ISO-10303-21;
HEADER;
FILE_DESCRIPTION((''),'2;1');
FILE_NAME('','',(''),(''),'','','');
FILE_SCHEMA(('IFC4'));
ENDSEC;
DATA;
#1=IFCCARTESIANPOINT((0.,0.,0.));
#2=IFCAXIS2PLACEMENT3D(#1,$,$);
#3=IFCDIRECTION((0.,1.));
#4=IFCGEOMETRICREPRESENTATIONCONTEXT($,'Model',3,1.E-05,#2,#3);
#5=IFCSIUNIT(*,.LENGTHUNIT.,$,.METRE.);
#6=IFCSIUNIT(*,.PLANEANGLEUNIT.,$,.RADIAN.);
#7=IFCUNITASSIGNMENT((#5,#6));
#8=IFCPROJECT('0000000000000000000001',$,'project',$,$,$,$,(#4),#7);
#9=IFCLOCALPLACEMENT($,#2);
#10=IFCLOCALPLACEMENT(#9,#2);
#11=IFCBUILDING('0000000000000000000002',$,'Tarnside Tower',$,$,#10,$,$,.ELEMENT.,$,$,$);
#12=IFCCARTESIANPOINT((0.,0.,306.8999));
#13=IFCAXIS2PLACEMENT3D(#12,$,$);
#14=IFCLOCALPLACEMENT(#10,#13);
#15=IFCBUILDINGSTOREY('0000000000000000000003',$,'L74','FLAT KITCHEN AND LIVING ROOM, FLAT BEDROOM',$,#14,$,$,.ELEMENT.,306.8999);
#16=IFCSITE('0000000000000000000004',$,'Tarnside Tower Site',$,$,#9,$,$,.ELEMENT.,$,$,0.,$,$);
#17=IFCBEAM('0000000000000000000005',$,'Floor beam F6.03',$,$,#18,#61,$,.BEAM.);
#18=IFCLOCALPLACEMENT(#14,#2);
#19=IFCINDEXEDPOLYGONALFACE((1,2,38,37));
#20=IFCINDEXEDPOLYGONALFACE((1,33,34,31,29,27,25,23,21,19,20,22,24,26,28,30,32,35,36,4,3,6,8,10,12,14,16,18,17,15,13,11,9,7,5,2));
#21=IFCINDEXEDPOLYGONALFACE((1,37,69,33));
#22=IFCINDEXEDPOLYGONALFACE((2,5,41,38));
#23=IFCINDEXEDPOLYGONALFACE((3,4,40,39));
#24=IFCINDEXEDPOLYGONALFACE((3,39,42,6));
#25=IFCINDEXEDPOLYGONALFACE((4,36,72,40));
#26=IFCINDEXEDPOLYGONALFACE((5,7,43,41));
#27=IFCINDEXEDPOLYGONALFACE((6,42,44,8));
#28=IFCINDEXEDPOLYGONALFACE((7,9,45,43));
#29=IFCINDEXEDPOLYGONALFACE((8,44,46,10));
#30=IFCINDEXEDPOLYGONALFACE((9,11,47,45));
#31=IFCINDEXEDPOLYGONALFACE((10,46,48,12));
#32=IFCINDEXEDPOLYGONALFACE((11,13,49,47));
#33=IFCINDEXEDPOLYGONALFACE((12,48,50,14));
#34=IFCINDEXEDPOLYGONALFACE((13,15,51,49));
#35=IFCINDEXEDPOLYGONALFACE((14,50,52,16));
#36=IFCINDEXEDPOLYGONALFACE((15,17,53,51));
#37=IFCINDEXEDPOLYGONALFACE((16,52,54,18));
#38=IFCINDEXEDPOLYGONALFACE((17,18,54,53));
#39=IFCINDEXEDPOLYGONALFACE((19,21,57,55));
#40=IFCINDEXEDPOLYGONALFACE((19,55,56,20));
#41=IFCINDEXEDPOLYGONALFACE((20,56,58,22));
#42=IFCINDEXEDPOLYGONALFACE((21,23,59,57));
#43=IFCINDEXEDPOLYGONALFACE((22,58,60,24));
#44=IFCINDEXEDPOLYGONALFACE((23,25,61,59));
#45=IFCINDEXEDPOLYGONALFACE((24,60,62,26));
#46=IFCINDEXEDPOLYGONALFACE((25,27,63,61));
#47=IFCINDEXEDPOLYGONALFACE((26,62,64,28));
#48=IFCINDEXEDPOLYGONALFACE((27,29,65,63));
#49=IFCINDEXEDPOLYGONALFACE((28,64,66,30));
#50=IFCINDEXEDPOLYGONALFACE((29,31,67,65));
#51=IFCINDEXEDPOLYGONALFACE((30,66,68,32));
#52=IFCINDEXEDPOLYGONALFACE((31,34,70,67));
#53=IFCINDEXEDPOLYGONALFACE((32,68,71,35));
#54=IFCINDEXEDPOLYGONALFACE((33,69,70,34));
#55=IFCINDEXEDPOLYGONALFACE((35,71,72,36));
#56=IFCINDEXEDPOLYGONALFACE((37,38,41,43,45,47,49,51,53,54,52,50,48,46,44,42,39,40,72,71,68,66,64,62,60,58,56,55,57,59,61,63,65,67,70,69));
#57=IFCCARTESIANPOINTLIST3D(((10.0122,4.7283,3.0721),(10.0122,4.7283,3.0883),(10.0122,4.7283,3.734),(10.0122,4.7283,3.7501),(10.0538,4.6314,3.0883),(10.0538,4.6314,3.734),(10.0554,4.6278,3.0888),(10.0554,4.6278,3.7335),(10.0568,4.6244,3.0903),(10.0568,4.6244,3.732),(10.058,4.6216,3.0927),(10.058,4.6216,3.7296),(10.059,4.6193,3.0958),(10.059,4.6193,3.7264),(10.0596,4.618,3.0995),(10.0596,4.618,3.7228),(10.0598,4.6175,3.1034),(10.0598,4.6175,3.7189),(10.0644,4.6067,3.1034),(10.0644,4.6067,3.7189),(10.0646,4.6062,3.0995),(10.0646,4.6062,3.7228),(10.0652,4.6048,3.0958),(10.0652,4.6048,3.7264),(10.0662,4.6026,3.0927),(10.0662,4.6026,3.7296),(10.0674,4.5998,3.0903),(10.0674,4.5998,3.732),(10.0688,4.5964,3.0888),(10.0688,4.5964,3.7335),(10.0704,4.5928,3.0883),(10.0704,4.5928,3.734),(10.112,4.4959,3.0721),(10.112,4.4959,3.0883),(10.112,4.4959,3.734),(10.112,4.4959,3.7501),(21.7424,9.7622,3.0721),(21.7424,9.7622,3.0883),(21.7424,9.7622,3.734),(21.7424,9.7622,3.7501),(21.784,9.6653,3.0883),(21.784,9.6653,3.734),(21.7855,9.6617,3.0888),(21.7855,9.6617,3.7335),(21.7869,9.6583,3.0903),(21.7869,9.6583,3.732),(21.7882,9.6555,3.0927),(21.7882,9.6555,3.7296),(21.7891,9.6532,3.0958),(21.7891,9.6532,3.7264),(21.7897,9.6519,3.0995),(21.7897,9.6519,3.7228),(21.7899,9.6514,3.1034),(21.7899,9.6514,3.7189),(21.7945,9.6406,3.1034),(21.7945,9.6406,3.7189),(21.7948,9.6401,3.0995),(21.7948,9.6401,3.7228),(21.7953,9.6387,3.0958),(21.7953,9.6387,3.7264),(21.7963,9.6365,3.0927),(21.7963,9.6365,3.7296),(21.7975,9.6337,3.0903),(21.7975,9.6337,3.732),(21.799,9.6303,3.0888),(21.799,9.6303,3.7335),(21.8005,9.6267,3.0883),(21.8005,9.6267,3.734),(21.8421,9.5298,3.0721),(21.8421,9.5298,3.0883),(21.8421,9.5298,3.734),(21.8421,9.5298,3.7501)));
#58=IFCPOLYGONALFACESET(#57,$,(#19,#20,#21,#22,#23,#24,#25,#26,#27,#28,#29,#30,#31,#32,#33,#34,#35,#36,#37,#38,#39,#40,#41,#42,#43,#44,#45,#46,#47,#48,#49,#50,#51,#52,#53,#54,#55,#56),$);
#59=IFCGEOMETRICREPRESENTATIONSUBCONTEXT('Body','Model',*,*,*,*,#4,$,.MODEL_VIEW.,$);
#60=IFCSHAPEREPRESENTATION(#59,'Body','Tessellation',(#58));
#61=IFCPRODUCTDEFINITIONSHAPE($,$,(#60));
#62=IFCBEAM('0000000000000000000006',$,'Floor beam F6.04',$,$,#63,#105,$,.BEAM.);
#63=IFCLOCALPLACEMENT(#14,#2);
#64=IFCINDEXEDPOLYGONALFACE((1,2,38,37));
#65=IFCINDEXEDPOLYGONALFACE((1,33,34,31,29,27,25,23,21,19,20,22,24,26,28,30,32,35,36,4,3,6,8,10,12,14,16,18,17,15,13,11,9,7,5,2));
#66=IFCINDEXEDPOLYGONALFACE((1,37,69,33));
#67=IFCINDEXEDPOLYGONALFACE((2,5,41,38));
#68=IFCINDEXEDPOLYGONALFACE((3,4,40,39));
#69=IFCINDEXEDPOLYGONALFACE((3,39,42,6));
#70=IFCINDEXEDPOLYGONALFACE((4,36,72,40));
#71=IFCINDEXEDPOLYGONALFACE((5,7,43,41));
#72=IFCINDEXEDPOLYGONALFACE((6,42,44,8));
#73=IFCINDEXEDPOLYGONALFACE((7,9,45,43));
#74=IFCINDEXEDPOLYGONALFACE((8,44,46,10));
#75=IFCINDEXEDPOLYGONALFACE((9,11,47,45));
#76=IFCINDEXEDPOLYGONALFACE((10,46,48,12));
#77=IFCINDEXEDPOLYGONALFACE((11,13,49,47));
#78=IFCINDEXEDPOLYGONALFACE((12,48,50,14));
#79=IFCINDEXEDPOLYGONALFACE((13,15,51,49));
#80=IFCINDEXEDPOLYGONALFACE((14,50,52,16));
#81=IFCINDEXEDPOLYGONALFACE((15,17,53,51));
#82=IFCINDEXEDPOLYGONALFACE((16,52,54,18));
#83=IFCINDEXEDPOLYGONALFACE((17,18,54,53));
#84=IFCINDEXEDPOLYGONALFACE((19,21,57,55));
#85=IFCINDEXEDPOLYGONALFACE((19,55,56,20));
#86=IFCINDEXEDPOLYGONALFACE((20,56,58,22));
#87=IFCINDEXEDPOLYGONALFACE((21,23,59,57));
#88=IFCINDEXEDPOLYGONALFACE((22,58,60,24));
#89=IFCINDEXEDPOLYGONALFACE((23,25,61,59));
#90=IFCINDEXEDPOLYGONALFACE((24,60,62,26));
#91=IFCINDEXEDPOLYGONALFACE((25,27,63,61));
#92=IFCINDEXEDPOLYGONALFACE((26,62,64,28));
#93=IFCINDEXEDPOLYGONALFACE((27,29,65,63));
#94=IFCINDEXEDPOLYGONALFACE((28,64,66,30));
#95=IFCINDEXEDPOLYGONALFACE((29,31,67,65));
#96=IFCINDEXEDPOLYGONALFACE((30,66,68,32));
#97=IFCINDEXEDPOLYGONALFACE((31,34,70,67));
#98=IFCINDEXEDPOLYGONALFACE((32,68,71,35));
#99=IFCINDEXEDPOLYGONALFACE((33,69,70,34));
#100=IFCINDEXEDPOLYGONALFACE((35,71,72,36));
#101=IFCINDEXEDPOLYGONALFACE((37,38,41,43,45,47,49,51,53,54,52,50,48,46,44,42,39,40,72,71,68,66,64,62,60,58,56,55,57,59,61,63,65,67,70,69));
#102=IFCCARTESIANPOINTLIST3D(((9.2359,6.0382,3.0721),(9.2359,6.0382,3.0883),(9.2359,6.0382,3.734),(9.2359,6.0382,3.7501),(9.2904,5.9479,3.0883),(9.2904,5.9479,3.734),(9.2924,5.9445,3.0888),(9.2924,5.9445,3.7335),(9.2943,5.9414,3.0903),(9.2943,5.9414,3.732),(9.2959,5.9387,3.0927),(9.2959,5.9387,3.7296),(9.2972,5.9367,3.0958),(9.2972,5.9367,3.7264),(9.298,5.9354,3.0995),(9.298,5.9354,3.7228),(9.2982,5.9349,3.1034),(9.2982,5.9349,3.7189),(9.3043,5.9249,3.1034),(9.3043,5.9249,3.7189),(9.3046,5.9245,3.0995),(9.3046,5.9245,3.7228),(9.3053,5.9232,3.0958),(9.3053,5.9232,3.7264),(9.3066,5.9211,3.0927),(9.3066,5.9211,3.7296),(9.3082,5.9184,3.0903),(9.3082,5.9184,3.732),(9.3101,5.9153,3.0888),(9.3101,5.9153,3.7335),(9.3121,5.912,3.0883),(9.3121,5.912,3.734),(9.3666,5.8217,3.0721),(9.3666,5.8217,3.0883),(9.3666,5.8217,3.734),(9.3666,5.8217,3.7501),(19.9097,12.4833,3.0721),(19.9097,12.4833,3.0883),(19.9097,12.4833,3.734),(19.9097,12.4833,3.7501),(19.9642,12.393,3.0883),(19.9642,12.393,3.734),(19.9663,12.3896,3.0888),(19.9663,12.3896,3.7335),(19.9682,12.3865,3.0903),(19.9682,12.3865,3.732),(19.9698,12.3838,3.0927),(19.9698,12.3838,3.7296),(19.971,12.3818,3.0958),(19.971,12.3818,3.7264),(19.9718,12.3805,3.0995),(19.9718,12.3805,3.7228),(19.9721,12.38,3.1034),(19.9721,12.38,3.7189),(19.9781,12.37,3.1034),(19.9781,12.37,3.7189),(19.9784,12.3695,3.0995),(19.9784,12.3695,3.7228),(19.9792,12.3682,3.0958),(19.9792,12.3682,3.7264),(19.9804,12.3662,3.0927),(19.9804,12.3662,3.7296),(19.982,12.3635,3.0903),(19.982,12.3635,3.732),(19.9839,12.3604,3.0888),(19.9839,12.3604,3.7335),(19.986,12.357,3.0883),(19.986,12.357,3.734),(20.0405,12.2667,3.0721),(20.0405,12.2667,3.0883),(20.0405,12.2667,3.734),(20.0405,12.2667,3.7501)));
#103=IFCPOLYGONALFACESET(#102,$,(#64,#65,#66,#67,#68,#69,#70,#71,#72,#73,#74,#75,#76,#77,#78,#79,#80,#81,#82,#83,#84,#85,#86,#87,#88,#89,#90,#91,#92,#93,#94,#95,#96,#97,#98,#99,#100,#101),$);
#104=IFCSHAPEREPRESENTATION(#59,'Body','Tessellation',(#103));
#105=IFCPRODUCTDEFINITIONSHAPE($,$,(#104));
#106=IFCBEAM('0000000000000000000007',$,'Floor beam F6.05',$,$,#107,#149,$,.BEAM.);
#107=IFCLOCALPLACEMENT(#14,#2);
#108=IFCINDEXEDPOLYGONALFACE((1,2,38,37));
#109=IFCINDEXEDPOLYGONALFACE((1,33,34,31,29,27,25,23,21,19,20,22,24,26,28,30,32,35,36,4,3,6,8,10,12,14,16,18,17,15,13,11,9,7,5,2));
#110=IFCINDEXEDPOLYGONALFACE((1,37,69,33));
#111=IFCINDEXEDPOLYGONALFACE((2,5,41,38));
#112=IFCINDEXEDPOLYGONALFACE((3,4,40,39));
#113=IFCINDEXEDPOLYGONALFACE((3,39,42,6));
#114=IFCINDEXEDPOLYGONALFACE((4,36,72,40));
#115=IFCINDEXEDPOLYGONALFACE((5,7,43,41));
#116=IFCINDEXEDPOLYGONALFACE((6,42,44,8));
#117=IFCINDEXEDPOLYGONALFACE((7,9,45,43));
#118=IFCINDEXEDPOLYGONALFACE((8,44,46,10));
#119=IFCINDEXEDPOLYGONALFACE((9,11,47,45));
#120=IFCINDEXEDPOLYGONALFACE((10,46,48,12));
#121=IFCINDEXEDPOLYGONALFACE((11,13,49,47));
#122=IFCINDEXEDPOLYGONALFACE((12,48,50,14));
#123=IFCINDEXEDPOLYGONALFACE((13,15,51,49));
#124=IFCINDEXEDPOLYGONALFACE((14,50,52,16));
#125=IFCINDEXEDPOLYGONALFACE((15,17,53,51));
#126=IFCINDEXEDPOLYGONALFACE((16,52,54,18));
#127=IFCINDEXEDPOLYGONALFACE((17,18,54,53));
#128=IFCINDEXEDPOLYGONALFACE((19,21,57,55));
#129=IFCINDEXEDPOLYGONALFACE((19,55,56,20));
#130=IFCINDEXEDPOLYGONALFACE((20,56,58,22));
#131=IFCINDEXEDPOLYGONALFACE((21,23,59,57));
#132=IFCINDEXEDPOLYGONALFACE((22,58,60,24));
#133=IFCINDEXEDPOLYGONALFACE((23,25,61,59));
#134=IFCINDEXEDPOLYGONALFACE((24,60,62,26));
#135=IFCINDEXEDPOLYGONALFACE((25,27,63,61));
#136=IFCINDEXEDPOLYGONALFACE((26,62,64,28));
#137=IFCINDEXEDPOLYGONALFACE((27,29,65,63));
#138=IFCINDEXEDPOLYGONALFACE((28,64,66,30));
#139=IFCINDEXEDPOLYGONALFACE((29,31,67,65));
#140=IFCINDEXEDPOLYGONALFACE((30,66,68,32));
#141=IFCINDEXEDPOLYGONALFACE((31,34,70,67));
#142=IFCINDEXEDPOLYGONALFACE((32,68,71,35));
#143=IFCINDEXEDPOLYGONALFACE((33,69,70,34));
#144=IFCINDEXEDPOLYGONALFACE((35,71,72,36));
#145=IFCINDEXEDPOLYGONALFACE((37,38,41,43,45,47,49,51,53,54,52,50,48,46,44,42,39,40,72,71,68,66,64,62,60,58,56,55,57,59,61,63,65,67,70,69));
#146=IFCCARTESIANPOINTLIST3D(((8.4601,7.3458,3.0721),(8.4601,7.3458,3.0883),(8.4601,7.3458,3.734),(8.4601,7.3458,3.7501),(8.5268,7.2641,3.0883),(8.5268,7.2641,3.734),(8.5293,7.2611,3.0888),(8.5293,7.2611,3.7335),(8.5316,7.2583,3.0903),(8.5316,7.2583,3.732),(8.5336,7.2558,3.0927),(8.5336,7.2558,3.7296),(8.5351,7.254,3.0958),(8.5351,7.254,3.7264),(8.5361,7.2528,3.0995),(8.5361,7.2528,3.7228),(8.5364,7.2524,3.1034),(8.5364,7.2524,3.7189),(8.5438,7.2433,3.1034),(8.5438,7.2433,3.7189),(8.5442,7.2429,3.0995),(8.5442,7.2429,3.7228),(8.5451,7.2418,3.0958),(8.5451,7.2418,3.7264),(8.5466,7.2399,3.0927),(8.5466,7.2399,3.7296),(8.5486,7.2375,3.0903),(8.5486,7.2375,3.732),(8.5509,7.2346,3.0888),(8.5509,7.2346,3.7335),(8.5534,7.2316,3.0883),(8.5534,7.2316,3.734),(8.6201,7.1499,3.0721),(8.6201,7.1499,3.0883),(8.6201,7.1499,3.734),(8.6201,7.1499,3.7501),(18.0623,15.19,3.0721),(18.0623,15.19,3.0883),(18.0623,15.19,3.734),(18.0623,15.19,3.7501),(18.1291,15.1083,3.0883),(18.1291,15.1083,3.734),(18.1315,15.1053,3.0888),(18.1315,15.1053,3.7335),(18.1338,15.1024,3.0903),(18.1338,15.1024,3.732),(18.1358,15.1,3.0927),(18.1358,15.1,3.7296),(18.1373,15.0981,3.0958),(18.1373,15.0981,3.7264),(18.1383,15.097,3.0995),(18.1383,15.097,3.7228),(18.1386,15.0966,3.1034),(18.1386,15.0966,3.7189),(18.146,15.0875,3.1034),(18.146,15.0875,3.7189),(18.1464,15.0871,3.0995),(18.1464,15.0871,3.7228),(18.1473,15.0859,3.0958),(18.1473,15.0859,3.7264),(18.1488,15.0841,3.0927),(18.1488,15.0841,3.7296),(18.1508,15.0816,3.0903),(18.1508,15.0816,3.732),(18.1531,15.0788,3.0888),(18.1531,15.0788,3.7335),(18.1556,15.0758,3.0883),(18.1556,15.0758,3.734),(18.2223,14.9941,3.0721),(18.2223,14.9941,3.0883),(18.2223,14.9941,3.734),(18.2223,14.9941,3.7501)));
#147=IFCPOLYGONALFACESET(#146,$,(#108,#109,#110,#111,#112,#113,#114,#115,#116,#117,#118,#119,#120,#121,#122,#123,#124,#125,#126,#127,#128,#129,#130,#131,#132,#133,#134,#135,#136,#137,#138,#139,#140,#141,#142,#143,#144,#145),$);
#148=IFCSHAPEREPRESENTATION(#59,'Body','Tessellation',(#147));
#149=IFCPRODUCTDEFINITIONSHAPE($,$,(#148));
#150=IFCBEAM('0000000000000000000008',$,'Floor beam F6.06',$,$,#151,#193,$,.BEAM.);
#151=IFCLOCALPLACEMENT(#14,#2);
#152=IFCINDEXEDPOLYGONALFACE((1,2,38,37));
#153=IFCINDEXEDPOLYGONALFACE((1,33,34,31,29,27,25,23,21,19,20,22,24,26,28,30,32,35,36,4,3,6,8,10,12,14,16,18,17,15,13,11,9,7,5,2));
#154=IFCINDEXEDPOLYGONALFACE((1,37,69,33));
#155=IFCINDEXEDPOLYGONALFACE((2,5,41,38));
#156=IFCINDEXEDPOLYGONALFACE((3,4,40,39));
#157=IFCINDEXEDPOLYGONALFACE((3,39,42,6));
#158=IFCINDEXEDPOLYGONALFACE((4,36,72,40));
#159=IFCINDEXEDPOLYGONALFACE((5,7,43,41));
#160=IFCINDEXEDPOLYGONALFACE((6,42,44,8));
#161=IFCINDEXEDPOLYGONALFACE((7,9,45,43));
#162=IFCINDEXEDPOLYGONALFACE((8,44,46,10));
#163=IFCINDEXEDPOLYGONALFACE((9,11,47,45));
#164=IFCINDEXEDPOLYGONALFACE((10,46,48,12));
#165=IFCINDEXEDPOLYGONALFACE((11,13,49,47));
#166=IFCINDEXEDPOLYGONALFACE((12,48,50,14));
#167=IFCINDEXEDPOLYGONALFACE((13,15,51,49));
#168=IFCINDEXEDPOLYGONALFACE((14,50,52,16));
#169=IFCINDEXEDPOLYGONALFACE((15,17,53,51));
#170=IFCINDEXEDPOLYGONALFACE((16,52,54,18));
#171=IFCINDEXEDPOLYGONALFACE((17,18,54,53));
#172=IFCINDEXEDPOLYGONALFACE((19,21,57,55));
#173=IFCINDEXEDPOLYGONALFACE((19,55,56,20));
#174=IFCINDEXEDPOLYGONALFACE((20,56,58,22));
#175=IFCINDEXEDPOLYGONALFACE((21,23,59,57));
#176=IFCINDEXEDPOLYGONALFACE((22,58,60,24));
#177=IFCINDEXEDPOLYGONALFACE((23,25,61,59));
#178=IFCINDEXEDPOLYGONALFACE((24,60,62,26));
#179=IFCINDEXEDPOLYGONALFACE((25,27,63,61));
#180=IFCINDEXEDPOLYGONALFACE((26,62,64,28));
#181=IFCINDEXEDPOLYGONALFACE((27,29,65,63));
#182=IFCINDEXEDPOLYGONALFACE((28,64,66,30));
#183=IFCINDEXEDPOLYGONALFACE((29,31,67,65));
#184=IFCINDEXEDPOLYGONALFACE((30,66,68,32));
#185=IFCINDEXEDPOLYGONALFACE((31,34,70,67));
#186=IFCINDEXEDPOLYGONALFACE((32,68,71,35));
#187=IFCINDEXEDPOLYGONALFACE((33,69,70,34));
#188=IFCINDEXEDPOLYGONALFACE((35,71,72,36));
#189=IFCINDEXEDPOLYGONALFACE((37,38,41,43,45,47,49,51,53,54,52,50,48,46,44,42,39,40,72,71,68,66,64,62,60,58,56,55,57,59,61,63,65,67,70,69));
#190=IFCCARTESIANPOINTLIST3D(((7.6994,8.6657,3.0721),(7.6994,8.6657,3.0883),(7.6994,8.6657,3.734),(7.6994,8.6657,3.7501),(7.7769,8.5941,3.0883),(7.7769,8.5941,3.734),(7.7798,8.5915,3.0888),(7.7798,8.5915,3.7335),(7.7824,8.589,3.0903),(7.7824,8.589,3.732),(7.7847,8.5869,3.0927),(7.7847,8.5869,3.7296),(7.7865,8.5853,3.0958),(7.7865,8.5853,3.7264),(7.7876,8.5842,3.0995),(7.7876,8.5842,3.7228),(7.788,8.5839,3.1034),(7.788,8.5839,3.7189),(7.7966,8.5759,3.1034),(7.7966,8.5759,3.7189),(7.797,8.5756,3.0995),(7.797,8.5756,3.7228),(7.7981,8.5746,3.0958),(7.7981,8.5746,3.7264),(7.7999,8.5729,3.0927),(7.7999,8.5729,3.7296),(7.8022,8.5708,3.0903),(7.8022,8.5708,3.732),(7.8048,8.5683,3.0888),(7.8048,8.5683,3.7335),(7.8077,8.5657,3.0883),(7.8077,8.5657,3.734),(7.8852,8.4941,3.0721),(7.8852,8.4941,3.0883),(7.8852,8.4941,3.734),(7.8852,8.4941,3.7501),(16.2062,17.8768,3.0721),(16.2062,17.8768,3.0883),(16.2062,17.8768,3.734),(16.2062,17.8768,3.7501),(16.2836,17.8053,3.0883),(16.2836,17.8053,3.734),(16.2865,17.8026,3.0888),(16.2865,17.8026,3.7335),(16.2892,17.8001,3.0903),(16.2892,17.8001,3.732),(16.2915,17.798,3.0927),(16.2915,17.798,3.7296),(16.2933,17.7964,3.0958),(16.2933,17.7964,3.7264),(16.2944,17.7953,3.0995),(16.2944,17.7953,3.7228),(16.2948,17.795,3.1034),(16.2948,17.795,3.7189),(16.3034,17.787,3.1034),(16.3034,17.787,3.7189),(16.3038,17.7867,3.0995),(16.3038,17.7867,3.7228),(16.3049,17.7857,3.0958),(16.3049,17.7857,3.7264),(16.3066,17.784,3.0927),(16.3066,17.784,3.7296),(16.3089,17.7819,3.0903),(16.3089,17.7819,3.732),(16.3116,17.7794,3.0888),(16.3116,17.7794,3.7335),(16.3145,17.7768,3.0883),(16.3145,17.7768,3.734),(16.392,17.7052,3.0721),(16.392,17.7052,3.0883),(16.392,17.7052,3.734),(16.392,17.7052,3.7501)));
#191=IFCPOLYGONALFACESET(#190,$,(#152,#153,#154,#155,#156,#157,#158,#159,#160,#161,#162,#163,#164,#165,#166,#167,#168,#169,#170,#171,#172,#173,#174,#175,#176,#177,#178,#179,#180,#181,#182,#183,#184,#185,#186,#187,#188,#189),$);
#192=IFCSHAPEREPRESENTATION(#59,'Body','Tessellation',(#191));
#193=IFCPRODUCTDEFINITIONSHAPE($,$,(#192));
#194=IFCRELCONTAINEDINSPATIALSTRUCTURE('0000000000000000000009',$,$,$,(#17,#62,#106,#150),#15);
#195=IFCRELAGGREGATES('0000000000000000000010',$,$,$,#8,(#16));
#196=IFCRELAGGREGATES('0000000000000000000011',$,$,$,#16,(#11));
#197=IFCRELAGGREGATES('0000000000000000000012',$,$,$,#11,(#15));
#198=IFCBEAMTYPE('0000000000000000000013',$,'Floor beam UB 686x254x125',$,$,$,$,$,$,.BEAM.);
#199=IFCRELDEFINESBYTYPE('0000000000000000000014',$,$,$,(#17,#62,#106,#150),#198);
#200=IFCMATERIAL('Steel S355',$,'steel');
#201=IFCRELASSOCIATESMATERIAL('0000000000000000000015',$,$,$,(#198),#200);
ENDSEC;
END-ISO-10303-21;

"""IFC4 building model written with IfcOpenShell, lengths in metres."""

from ifc_helpers import new_model, si_unit, direction, frame, origin, origin_2d, place, context, subcontext, project, spatial, i_section, extrude, material, material_profile, profile_set, type_object, element, save


model = new_model("IFC4")

# Units and contexts
model_context = context("Model", 3, precision=1e-05, world=origin(), true_north=direction((0.0, 1.0)))
body_context = subcontext(model_context, "Body", "Model", "MODEL_VIEW")
ifc_project = project(units=[si_unit("LENGTHUNIT", "METRE"), si_unit("PLANEANGLEUNIT", "RADIAN")], contexts=[model_context])

# Site, building, storey
site_placement = place(None, origin())
site = spatial("IfcSite", under=ifc_project, at=site_placement, Name="Tarnside Tower Site", CompositionType="ELEMENT", RefElevation=0.0)
building_placement = place(site_placement, origin())
building = spatial("IfcBuilding", under=site, at=building_placement, Name="Tarnside Tower", CompositionType="ELEMENT")
storey_placement = place(building_placement, frame((0.0, 0.0, 306.8999)))
storey = spatial("IfcBuildingStorey", under=building, at=storey_placement, Name="L74", Description="FLAT KITCHEN AND LIVING ROOM, FLAT BEDROOM", CompositionType="ELEMENT", Elevation=306.8999)

# Beams
ifc_material_1 = material(Name="Steel S355", Category="steel")
ifc_material_profile_1 = material_profile(ifc_material_1, i_section(OverallWidth=0.2529, OverallDepth=0.678, WebThickness=0.0117, FlangeThickness=0.0161, FilletRadius=0.0151, at=origin_2d()), Name="UB 686x254x125")
ifc_profile_set_1 = profile_set([ifc_material_profile_1], Name="Steel S355")
beam_type_1 = type_object("IfcBeamType", Name="Floor beam UB 686x254x125", PredefinedType="BEAM", material=ifc_profile_set_1)
beam_1_placement = place(storey_placement, frame((21.7922, 9.646, 3.4111), z_axis=(-0.918955, -0.394362, 0.0), x_axis=(0.394362, -0.918955, 0.0)))
element("IfcBeam", 1, at=beam_1_placement, inside=storey, type_object=beam_type_1, Name="Floor beam F6.03", PredefinedType="BEAM", context=body_context, shape_type="SweptSolid", body=[
    extrude(i_section(OverallWidth=0.2529, OverallDepth=0.678, WebThickness=0.0117, FlangeThickness=0.0161, FilletRadius=0.0151, at=origin_2d()), origin(), (0.0, 0.0, 1.0), 12.7646),
])
beam_2_placement = place(storey_placement, frame((19.9751, 12.375, 3.4111), z_axis=(-0.856047, -0.516898, 0.0), x_axis=(0.516898, -0.856047, 0.0)))
element("IfcBeam", 2, at=beam_2_placement, inside=storey, type_object=beam_type_1, Name="Floor beam F6.04", PredefinedType="BEAM", context=body_context, shape_type="SweptSolid", body=[
    extrude(i_section(OverallWidth=0.2529, OverallDepth=0.678, WebThickness=0.0117, FlangeThickness=0.0161, FilletRadius=0.0151, at=origin_2d()), origin(), (0.0, 0.0, 1.0), 12.4688),
])
beam_3_placement = place(storey_placement, frame((18.1423, 15.092, 3.4111), z_axis=(-0.774439, -0.632649, 0.0), x_axis=(0.632649, -0.774439, 0.0)))
element("IfcBeam", 3, at=beam_3_placement, inside=storey, type_object=beam_type_1, Name="Floor beam F6.05", PredefinedType="BEAM", context=body_context, shape_type="SweptSolid", body=[
    extrude(i_section(OverallWidth=0.2529, OverallDepth=0.678, WebThickness=0.0117, FlangeThickness=0.0161, FilletRadius=0.0151, at=origin_2d()), origin(), (0.0, 0.0, 1.0), 12.3989),
])
beam_4_placement = place(storey_placement, frame((16.2991, 17.791, 3.4111), z_axis=(-0.678461, -0.734636, 0.0), x_axis=(0.734636, -0.678461, 0.0)))
element("IfcBeam", 4, at=beam_4_placement, inside=storey, type_object=beam_type_1, Name="Floor beam F6.06", PredefinedType="BEAM", context=body_context, shape_type="SweptSolid", body=[
    extrude(i_section(OverallWidth=0.2529, OverallDepth=0.678, WebThickness=0.0117, FlangeThickness=0.0161, FilletRadius=0.0151, at=origin_2d()), origin(), (0.0, 0.0, 1.0), 12.5383),
])

save(model, "model.ifc")
